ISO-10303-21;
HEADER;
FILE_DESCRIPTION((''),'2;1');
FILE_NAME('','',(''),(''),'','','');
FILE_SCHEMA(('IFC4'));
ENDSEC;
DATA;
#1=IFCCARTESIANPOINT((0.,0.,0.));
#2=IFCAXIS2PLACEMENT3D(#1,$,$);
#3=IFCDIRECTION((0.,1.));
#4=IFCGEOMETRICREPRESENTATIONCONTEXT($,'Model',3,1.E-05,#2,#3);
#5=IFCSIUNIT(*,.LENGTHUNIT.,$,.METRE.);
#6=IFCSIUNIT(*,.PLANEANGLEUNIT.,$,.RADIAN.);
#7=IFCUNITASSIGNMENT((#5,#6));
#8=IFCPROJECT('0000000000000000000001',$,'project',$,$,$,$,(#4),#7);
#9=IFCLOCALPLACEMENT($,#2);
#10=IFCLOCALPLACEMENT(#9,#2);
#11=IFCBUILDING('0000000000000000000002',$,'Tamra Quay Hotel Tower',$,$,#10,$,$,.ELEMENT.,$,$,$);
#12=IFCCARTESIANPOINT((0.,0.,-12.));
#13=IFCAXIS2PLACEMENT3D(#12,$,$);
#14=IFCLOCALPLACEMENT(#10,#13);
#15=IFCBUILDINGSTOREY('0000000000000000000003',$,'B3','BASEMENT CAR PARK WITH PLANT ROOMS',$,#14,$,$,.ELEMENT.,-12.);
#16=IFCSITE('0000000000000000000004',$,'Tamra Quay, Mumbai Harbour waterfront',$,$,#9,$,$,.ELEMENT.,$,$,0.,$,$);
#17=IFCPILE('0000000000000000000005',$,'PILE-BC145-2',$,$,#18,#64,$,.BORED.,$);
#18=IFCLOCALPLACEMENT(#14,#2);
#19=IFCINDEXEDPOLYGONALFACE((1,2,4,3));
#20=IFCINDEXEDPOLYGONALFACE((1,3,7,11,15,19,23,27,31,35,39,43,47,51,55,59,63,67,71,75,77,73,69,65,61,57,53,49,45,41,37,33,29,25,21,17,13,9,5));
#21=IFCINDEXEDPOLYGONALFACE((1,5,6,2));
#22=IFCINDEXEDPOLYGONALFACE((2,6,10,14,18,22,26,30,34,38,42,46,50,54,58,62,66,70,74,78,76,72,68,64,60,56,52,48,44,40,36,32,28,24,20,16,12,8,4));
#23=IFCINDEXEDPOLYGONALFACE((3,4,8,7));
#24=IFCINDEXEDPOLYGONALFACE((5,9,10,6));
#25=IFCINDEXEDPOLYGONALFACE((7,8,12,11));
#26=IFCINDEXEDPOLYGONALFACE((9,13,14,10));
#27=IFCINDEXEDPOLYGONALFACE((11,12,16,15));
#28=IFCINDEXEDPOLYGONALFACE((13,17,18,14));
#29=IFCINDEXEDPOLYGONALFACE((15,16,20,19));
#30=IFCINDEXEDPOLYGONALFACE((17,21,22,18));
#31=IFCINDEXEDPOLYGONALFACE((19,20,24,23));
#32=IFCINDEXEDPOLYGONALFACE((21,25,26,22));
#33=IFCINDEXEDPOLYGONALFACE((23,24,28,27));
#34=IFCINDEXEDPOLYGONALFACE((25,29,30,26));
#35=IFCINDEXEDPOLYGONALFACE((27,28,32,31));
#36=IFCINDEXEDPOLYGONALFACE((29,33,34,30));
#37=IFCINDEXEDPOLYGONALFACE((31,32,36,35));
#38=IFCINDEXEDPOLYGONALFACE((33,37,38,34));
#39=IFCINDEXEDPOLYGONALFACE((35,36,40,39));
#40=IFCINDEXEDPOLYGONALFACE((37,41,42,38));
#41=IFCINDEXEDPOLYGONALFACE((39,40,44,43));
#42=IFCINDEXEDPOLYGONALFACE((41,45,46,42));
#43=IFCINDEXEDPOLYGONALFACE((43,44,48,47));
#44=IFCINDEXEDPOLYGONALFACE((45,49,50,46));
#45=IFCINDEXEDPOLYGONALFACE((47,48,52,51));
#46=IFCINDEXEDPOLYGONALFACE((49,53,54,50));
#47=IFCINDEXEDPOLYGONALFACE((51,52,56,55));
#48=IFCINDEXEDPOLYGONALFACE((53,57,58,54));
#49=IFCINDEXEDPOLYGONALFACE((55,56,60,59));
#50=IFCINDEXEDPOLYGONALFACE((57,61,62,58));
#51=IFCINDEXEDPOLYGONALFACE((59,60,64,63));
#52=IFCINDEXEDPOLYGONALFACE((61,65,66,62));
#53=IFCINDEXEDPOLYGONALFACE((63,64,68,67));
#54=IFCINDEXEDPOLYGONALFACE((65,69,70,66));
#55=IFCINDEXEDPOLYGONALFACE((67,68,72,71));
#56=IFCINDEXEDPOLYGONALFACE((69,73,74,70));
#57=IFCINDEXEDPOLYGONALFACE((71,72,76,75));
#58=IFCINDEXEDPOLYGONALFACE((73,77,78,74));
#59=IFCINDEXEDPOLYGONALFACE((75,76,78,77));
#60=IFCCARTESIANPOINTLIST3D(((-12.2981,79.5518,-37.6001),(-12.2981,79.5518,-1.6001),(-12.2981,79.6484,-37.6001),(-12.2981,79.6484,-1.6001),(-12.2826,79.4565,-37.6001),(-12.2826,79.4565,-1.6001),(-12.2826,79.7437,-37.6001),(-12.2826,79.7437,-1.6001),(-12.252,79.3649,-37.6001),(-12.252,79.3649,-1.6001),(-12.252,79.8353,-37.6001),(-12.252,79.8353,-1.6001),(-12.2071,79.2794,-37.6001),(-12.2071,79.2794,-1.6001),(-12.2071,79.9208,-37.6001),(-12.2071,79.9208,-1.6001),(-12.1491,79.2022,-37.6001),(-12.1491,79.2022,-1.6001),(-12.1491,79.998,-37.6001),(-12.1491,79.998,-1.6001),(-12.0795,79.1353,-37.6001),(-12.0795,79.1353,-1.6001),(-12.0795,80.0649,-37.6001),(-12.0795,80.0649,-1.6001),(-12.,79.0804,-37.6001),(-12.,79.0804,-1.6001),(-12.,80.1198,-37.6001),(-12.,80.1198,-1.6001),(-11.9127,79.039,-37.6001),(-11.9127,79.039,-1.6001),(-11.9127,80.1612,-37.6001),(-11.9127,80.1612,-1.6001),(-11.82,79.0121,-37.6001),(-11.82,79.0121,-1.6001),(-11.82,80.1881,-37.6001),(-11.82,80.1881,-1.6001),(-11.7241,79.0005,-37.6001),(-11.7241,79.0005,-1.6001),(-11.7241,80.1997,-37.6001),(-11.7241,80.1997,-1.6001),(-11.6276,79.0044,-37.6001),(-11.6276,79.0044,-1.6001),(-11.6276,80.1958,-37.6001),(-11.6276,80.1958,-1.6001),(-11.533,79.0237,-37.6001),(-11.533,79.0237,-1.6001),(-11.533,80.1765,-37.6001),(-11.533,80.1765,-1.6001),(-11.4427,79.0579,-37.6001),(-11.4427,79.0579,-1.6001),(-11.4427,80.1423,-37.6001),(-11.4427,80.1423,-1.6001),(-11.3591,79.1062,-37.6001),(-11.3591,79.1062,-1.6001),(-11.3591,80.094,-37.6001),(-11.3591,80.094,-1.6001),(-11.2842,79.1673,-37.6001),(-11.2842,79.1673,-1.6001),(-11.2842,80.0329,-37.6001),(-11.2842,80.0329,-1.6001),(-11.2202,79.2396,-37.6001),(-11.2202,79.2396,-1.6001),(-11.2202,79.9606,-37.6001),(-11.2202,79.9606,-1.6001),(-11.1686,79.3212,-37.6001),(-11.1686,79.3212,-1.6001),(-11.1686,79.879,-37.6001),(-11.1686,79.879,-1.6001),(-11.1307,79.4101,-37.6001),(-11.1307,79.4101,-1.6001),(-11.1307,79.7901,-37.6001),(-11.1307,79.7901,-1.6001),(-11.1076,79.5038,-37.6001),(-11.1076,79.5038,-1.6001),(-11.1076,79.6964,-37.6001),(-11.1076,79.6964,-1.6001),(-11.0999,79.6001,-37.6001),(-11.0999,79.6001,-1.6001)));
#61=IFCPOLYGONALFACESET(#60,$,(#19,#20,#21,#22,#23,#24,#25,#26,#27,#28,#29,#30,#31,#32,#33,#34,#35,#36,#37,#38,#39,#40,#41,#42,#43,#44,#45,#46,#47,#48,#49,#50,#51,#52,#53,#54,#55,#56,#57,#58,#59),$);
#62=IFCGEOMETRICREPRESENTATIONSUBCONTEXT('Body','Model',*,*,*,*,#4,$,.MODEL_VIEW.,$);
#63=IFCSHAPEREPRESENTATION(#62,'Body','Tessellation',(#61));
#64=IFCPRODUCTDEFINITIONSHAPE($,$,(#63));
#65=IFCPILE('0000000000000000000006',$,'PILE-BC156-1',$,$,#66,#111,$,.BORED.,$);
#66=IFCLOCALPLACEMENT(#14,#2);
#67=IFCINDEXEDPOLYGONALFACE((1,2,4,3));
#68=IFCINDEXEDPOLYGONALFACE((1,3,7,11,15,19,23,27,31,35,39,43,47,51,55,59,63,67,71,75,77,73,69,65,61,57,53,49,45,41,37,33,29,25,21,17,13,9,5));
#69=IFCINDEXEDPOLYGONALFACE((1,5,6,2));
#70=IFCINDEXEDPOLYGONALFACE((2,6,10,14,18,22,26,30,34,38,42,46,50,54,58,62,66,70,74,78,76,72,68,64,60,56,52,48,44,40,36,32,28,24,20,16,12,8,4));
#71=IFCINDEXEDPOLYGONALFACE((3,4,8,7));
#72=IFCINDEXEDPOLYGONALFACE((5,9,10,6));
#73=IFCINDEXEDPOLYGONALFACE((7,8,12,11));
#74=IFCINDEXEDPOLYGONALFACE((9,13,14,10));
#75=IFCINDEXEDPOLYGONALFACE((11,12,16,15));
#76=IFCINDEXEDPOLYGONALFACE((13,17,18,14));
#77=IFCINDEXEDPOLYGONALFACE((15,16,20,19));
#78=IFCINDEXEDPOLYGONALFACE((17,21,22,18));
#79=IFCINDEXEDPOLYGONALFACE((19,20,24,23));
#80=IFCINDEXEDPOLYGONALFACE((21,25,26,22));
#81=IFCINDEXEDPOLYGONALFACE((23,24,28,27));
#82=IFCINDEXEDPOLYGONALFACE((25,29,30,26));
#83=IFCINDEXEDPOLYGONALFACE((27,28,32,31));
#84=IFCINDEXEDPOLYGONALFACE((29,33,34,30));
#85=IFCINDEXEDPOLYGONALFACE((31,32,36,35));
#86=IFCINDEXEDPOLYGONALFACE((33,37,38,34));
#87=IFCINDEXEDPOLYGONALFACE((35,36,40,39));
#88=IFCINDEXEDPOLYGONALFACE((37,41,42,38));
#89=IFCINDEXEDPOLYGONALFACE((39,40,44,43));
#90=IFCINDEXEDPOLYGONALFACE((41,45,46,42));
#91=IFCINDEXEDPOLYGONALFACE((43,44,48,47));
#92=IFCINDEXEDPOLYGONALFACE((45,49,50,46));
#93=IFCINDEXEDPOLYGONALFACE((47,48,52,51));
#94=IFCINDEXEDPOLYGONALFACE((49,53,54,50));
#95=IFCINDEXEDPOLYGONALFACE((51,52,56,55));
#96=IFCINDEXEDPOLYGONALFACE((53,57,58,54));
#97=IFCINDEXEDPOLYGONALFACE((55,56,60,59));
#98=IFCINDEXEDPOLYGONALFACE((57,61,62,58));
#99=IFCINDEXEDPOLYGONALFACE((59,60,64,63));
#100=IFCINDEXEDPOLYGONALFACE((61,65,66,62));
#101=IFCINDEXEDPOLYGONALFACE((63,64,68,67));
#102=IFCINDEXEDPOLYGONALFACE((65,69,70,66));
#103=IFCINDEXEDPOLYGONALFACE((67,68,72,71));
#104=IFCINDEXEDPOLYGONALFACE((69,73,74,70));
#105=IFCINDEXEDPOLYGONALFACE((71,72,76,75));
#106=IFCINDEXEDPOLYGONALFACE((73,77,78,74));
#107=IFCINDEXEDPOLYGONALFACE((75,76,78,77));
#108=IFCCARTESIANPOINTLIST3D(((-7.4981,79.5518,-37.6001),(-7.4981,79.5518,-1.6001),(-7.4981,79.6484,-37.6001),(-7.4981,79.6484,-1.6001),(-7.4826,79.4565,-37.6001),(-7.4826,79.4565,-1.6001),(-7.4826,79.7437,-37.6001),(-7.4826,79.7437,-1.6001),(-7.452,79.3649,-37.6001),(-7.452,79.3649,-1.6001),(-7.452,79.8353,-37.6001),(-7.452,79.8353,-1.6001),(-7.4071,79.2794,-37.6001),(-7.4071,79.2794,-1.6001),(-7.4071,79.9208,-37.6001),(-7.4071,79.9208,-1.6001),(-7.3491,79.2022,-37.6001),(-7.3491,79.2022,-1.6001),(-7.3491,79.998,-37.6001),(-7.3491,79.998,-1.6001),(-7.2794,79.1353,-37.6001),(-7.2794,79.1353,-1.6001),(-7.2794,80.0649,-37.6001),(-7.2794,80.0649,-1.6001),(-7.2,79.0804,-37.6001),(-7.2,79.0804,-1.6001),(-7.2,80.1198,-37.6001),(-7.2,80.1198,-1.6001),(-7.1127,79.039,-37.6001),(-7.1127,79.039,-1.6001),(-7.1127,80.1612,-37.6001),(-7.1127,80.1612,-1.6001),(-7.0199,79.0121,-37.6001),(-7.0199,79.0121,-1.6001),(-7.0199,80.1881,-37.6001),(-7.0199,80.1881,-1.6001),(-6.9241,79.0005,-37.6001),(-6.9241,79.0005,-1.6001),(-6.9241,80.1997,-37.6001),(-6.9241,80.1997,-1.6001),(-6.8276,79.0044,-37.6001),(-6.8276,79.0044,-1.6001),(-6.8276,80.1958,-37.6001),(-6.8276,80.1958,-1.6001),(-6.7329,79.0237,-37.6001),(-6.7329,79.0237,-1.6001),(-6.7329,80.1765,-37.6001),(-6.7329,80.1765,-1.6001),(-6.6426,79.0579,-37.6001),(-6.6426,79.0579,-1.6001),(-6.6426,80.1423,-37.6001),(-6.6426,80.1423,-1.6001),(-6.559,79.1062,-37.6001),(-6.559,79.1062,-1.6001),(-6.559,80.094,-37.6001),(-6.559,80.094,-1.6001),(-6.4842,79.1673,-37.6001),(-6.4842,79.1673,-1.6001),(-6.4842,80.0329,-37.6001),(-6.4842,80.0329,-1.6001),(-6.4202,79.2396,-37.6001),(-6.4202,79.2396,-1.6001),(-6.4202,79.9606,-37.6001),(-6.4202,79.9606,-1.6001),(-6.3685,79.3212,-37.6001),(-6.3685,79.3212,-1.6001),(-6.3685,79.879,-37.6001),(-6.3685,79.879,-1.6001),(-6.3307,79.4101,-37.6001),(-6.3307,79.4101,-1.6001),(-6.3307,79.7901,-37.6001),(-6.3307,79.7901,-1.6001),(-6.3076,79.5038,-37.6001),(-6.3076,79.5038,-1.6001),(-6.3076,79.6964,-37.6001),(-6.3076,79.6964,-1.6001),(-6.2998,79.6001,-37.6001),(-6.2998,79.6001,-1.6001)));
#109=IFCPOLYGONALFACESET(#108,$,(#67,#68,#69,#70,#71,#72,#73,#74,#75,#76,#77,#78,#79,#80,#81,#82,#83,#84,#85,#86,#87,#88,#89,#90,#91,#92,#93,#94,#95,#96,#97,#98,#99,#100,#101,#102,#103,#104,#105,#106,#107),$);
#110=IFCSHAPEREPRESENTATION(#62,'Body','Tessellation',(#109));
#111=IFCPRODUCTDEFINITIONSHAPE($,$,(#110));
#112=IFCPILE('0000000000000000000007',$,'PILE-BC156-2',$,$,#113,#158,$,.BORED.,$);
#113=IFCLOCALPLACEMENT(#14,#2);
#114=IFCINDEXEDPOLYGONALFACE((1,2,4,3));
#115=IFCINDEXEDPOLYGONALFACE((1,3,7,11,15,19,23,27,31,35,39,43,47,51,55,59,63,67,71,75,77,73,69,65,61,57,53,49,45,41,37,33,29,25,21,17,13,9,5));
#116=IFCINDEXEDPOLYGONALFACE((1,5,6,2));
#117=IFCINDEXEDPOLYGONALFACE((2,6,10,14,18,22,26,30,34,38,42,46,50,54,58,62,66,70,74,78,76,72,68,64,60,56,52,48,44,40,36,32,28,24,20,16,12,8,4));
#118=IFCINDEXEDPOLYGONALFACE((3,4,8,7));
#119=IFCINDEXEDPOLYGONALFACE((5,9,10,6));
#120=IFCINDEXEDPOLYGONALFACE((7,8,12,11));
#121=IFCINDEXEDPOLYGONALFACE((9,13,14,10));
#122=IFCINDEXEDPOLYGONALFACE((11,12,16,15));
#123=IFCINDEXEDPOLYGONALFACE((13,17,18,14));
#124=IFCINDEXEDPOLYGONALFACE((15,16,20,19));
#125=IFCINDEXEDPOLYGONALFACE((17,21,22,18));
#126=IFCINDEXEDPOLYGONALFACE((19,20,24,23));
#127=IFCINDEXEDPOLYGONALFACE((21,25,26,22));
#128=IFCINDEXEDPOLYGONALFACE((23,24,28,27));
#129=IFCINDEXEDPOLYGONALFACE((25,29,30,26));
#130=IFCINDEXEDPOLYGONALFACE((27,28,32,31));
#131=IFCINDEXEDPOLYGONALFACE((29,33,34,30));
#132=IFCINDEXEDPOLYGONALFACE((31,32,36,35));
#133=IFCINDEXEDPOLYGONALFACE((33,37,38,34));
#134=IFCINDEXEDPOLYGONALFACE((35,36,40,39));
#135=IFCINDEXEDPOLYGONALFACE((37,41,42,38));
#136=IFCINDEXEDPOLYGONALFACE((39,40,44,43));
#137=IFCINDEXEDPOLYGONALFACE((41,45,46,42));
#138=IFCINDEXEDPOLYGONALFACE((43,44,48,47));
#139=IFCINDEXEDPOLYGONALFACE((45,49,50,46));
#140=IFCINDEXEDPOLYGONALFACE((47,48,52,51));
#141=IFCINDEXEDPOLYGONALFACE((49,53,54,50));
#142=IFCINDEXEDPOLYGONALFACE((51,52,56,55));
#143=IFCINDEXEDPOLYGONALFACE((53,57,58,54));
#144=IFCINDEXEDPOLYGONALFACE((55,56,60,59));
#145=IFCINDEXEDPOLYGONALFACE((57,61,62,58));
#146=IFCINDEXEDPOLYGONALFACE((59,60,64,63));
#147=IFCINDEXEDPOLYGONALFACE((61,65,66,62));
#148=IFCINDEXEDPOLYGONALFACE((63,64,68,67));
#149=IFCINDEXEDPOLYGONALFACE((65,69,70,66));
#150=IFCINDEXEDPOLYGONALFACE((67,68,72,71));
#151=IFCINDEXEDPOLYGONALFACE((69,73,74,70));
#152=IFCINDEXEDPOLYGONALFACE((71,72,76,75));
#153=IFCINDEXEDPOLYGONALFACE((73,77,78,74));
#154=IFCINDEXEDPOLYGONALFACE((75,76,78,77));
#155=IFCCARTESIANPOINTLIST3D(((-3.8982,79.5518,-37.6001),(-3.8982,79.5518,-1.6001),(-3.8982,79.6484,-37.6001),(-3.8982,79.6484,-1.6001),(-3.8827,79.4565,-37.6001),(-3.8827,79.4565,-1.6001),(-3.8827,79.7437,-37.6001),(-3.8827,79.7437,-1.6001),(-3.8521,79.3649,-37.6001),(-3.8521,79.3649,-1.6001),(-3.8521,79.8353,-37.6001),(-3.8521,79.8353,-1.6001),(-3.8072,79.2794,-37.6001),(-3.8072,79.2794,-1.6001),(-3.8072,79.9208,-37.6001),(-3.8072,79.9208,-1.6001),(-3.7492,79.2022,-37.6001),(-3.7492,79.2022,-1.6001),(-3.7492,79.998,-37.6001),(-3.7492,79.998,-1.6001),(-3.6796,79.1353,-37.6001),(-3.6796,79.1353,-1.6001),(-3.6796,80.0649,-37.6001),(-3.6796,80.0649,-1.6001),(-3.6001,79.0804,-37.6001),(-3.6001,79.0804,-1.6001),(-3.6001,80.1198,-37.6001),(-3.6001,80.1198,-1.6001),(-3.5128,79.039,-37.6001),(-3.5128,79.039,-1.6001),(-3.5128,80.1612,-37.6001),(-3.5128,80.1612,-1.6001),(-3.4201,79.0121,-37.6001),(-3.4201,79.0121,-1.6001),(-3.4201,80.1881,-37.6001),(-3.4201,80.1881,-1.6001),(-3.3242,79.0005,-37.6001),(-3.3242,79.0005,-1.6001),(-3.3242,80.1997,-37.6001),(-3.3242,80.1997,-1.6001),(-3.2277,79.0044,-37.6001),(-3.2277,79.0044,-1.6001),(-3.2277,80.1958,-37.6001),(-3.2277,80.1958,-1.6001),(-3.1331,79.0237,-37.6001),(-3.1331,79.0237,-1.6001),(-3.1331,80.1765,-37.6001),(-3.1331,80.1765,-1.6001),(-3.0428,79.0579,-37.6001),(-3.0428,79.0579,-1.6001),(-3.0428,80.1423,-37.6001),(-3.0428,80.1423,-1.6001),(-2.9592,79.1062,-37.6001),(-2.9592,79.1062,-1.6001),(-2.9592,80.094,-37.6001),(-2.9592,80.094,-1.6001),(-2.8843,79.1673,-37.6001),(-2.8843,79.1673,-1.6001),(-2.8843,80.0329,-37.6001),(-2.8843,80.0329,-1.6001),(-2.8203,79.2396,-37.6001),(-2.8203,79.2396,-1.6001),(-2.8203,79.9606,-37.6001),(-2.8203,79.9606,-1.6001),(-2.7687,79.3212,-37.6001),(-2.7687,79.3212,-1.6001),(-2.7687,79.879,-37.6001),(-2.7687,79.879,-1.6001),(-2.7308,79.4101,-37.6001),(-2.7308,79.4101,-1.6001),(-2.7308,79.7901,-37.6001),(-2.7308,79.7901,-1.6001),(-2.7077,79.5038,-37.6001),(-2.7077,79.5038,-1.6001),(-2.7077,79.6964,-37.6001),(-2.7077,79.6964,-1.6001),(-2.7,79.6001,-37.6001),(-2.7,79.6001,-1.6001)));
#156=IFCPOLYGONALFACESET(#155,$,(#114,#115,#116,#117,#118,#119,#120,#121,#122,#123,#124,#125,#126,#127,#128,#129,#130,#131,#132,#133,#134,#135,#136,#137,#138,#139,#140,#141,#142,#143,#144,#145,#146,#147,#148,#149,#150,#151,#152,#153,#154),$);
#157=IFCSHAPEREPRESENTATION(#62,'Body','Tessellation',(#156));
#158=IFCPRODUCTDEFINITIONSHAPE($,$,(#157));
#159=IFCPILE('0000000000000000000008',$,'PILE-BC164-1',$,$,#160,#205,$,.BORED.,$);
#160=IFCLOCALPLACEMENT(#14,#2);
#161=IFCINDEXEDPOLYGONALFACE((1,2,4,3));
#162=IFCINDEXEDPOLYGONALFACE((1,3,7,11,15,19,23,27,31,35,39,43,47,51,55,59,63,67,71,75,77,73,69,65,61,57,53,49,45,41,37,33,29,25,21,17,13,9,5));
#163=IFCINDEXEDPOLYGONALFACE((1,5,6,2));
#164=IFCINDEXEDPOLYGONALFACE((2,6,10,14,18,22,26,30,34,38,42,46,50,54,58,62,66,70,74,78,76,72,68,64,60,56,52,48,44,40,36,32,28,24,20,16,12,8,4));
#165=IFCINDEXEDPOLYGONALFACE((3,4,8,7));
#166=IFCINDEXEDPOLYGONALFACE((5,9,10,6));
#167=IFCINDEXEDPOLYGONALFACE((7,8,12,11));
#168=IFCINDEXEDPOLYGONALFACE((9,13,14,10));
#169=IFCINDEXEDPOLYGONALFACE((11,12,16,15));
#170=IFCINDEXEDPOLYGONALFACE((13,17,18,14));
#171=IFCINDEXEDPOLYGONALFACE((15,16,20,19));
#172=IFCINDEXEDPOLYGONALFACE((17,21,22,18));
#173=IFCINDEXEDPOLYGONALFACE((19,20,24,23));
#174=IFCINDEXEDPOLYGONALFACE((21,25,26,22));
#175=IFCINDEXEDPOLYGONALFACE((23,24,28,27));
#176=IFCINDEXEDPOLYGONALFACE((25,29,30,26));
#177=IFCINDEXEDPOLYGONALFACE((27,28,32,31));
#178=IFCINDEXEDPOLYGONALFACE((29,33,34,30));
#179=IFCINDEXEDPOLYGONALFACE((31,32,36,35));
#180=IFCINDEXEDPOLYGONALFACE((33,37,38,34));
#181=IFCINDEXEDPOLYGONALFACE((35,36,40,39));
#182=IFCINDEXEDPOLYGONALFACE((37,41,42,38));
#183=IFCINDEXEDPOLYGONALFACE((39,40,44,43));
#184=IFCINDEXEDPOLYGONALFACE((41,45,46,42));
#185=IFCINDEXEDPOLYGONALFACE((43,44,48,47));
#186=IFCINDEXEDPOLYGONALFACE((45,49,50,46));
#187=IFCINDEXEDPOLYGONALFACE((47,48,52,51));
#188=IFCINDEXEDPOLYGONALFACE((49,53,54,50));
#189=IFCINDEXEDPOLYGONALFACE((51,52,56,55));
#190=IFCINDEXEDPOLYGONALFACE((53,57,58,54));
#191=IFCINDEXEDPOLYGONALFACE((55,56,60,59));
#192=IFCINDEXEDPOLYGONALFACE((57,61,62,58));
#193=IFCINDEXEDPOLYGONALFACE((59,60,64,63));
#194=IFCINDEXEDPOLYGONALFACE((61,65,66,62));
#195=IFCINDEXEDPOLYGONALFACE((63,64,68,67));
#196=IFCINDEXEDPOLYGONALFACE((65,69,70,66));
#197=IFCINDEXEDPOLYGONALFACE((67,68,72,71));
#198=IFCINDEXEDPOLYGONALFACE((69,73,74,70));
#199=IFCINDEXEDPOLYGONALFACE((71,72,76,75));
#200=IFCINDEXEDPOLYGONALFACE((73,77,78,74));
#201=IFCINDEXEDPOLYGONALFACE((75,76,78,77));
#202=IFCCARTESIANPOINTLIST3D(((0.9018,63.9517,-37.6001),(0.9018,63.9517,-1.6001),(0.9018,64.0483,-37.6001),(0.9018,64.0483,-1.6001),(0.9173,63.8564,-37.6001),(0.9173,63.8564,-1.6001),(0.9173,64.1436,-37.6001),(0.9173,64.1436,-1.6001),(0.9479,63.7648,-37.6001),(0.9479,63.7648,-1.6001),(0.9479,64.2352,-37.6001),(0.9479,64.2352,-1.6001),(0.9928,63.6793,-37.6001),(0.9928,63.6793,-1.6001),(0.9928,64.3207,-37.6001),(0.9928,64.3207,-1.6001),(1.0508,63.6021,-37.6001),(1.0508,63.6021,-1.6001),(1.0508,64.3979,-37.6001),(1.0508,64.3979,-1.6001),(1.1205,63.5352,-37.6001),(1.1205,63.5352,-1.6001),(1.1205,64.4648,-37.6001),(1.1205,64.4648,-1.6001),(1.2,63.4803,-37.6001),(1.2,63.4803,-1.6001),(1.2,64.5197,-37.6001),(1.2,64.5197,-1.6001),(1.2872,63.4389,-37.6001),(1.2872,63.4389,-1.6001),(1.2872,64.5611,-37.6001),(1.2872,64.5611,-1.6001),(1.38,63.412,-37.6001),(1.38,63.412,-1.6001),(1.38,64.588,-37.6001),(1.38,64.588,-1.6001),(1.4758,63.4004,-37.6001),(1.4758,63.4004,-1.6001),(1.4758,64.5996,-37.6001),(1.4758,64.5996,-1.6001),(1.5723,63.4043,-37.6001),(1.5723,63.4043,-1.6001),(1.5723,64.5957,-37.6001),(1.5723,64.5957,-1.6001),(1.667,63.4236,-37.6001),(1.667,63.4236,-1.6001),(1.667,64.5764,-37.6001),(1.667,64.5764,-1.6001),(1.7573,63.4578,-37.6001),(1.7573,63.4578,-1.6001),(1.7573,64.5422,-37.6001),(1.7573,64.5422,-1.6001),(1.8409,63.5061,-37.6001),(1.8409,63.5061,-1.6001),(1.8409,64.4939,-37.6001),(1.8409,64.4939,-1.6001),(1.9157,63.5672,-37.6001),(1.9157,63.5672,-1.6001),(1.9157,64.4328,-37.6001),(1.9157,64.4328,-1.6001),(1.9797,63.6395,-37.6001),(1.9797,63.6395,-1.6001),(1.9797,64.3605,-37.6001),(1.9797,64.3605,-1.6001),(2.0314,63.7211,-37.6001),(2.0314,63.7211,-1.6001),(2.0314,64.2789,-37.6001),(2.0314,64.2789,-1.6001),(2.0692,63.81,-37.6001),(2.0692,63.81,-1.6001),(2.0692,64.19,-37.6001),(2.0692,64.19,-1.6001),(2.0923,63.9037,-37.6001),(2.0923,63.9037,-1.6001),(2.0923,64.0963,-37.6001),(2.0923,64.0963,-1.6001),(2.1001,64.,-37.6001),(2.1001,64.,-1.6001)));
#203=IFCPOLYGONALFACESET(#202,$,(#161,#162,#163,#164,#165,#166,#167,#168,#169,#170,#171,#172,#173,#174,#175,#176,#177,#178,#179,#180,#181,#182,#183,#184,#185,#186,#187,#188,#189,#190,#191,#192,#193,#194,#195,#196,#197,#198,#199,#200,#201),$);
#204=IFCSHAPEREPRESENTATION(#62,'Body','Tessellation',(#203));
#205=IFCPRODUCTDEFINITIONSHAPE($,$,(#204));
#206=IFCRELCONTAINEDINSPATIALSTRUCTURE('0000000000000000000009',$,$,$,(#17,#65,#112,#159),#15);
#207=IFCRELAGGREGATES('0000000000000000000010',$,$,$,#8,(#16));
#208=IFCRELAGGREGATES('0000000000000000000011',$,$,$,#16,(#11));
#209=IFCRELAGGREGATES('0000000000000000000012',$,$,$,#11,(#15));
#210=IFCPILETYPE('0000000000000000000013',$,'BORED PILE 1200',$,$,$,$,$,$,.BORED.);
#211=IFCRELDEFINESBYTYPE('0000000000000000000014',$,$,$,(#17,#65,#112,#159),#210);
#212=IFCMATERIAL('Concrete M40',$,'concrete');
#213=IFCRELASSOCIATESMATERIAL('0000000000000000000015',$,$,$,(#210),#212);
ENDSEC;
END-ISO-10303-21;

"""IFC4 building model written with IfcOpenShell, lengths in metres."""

from ifc_helpers import new_model, si_unit, direction, frame, origin, origin_2d, place, context, subcontext, project, spatial, circle, extrude, material, material_profile, profile_set, type_object, element, save


model = new_model("IFC4")

# Units and contexts
model_context = context("Model", 3, precision=1e-05, world=origin(), true_north=direction((0.0, 1.0)))
body_context = subcontext(model_context, "Body", "Model", "MODEL_VIEW")
ifc_project = project(units=[si_unit("LENGTHUNIT", "METRE"), si_unit("PLANEANGLEUNIT", "RADIAN")], contexts=[model_context])

# Site, building, storey
site_placement = place(None, origin())
site = spatial("IfcSite", under=ifc_project, at=site_placement, Name="Tamra Quay, Mumbai Harbour waterfront", CompositionType="ELEMENT", RefElevation=0.0)
building_placement = place(site_placement, origin())
building = spatial("IfcBuilding", under=site, at=building_placement, Name="Tamra Quay Hotel Tower", CompositionType="ELEMENT")
storey_placement = place(building_placement, frame((0.0, 0.0, -12.0)))
storey = spatial("IfcBuildingStorey", under=building, at=storey_placement, Name="B3", Description="BASEMENT CAR PARK WITH PLANT ROOMS", CompositionType="ELEMENT", Elevation=-12.0)

# Piles
ifc_material_1 = material(Name="Concrete M40", Category="concrete")
ifc_material_profile_1 = material_profile(ifc_material_1, circle(Radius=0.6001, at=origin_2d()), Name="BORED PILE 1200")
ifc_profile_set_1 = profile_set([ifc_material_profile_1], Name="Concrete M40")
pile_type = type_object("IfcPileType", Name="BORED PILE 1200", PredefinedType="BORED", material=ifc_profile_set_1)
for number, where, z_axis, x_axis, name in (
    (1, (-11.7, 79.6001, -1.6001), (0.0, 0.0, -1.0), (1.0, 0.0, 0.0), "PILE-BC145-2"),
    (2, (-6.8999, 79.6001, -1.6001), (0.0, 0.0, -1.0), (1.0, 0.0, 0.0), "PILE-BC156-1"),
    (3, (-3.3, 79.6001, -1.6001), (0.0, 0.0, -1.0), (1.0, 0.0, 0.0), "PILE-BC156-2"),
    (4, (1.5, 64.0, -1.6001), (0.0, 0.0, -1.0), (1.0, 0.0, 0.0), "PILE-BC164-1"),
):
    element("IfcPile", number, at=place(storey_placement, frame(where, z_axis=z_axis, x_axis=x_axis)), inside=storey, type_object=pile_type, Name=name, PredefinedType="BORED", context=body_context, shape_type="SweptSolid", body=[
        extrude(circle(Radius=0.6001, at=origin_2d()), origin(), (0.0, 0.0, 1.0), 36.0),
    ])

save(model, "model.ifc")
